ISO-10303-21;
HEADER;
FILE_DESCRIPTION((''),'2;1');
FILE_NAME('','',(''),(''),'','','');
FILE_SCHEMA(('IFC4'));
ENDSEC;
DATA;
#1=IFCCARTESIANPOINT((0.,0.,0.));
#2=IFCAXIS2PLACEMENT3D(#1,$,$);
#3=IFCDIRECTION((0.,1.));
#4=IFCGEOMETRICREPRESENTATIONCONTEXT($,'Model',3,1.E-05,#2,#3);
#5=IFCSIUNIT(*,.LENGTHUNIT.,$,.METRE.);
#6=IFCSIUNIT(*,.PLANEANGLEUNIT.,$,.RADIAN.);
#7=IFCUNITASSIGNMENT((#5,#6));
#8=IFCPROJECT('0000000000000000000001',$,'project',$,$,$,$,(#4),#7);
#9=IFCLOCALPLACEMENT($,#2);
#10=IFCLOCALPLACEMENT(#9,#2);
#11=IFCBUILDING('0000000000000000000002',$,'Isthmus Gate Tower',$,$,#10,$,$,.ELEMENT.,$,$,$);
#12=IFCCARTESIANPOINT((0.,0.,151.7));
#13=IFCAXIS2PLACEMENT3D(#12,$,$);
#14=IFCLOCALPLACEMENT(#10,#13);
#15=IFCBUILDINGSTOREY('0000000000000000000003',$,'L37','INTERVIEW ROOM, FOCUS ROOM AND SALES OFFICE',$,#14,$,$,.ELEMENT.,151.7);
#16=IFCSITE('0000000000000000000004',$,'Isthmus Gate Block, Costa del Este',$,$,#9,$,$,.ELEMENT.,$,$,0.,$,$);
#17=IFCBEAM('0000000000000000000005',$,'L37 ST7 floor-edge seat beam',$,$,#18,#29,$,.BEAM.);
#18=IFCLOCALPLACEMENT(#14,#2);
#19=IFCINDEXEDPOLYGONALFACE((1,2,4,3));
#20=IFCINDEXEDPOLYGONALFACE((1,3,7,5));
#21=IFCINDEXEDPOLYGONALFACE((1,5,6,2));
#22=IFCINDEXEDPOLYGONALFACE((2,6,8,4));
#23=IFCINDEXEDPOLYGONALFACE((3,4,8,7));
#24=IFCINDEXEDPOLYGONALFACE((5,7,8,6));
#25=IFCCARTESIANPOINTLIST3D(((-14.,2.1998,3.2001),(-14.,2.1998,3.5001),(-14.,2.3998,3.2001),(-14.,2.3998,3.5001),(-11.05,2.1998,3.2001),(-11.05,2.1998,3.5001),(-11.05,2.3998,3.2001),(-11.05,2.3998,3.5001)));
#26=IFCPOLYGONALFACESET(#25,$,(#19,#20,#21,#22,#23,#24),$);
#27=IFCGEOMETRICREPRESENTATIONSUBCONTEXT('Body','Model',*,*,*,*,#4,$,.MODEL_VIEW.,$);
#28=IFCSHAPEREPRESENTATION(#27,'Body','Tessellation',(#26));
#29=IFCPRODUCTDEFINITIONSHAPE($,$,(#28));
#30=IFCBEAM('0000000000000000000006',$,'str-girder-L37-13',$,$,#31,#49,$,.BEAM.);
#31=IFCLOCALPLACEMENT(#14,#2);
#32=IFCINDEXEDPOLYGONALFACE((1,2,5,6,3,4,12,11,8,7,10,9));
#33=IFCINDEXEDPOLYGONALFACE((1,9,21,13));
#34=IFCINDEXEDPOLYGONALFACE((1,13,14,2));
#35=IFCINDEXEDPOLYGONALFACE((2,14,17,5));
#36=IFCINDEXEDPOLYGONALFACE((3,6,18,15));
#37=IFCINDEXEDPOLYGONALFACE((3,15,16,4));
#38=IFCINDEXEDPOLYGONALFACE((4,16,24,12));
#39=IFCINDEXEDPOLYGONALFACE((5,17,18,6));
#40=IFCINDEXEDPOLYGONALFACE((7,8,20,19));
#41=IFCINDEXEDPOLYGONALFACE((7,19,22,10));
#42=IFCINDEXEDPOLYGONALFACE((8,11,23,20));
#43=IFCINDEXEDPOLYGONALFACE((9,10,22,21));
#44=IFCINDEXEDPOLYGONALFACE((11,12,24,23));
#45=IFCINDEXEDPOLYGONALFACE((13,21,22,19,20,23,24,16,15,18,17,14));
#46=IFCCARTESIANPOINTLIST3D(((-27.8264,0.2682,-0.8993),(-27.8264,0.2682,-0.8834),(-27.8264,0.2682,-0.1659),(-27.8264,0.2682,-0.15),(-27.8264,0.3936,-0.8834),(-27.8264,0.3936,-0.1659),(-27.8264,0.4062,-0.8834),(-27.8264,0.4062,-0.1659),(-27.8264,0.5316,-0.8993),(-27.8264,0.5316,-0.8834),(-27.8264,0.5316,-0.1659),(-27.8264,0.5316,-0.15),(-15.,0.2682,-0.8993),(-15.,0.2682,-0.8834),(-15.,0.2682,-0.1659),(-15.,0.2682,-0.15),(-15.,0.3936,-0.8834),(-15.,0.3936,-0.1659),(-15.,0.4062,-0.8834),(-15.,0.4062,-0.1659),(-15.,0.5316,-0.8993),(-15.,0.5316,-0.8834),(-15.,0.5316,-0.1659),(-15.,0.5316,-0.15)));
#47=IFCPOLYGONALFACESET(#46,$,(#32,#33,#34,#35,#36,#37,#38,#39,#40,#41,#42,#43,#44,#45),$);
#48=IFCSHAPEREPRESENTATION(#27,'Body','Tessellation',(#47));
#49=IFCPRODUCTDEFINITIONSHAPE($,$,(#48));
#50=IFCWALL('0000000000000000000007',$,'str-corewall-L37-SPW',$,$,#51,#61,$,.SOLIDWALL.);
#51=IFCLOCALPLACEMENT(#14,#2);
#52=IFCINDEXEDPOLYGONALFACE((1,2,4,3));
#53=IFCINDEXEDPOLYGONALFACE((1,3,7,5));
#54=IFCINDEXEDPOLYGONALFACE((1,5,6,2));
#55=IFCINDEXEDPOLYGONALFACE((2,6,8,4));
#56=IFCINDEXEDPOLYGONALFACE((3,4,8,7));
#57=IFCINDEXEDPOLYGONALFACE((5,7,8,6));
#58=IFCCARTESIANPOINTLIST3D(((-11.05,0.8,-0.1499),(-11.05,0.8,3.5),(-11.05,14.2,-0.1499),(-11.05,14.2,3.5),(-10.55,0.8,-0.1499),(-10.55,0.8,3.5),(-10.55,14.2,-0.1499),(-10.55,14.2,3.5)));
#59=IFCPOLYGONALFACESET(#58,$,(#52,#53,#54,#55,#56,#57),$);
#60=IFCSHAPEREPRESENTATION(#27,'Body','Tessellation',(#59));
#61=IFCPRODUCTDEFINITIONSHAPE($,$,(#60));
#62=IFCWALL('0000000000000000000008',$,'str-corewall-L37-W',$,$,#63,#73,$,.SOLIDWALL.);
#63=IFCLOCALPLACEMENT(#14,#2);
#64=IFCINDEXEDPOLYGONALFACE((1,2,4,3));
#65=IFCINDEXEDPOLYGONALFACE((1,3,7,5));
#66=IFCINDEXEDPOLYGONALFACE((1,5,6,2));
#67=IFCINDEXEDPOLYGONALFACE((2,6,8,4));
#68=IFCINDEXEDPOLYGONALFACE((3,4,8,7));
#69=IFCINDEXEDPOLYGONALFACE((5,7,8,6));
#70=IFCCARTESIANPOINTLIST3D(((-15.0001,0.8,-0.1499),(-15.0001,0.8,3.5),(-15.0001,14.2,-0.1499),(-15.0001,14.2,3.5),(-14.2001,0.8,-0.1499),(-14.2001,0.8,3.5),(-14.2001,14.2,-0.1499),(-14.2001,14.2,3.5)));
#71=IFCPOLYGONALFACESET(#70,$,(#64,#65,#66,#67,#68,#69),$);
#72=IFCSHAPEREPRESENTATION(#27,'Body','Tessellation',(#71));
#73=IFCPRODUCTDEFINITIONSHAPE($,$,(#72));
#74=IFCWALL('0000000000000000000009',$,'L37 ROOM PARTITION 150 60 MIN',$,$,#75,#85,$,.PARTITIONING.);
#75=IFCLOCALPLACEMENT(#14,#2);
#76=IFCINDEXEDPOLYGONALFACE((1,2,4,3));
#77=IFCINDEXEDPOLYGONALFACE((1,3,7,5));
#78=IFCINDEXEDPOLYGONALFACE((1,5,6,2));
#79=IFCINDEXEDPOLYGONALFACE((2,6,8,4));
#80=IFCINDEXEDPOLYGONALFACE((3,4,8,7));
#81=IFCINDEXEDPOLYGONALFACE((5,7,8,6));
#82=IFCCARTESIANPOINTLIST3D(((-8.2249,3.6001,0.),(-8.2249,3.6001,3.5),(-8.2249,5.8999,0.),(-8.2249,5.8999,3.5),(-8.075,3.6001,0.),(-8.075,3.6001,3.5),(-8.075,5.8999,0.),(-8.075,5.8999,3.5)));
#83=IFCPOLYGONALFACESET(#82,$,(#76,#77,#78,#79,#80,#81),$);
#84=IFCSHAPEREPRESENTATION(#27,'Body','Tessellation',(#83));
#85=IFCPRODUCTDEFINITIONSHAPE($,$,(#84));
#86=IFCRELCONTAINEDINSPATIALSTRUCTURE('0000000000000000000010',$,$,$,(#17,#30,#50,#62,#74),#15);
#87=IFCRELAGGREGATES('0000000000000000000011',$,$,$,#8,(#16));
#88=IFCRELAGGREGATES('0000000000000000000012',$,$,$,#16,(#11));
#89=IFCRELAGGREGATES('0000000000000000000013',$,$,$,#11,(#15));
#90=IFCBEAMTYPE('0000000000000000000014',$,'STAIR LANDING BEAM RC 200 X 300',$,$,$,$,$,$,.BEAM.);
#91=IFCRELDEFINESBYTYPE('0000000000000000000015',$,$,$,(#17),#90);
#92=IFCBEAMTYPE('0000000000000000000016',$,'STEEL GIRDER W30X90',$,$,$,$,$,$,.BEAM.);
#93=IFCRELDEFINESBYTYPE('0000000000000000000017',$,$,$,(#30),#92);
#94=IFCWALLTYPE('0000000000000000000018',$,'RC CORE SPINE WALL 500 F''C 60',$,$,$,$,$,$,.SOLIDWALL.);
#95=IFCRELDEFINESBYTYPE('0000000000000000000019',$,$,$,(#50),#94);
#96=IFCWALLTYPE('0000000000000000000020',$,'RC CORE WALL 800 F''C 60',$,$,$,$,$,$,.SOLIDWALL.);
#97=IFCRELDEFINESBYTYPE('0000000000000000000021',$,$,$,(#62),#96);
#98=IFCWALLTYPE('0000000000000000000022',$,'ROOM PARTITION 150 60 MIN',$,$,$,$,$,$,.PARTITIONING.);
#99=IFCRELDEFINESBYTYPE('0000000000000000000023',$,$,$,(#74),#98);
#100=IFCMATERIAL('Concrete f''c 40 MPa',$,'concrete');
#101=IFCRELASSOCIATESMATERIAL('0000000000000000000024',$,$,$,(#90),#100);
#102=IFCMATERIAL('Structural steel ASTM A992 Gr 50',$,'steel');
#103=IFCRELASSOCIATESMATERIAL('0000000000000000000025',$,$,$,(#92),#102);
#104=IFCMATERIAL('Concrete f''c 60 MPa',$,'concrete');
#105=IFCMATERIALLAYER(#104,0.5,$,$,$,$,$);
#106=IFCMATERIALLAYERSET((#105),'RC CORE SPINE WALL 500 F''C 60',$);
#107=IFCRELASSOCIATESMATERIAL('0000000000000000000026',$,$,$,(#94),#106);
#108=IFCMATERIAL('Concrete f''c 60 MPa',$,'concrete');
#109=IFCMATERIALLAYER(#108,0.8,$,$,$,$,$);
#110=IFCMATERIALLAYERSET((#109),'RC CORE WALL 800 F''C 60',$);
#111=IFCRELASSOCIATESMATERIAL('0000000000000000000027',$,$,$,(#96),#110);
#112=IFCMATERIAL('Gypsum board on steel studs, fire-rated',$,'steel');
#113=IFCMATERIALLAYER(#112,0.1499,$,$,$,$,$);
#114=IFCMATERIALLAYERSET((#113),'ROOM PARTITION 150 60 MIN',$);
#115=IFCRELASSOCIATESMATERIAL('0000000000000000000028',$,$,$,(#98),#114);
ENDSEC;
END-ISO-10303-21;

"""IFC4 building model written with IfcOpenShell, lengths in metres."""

from ifc_helpers import new_model, si_unit, direction, frame, frame_2d, origin, origin_2d, place, context, subcontext, project, spatial, rectangle, i_section, extrude, material, layer, layer_set, material_profile, profile_set, type_object, element, save


model = new_model("IFC4")

# Units and contexts
model_context = context("Model", 3, precision=1e-05, world=origin(), true_north=direction((0.0, 1.0)))
body_context = subcontext(model_context, "Body", "Model", "MODEL_VIEW")
ifc_project = project(units=[si_unit("LENGTHUNIT", "METRE"), si_unit("PLANEANGLEUNIT", "RADIAN")], contexts=[model_context])

# Site, building, storey
site_placement = place(None, origin())
site = spatial("IfcSite", under=ifc_project, at=site_placement, Name="Isthmus Gate Block, Costa del Este", CompositionType="ELEMENT", RefElevation=0.0)
building_placement = place(site_placement, origin())
building = spatial("IfcBuilding", under=site, at=building_placement, Name="Isthmus Gate Tower", CompositionType="ELEMENT")
storey_placement = place(building_placement, frame((0.0, 0.0, 151.7)))
storey = spatial("IfcBuildingStorey", under=building, at=storey_placement, Name="L37", Description="INTERVIEW ROOM, FOCUS ROOM AND SALES OFFICE", CompositionType="ELEMENT", Elevation=151.7)

# Beams
ifc_material_1 = material(Name="Concrete f'c 40 MPa", Category="concrete")
ifc_material_profile_1 = material_profile(ifc_material_1, rectangle(XDim=0.2, YDim=0.3, at=origin_2d()), Name="STAIR LANDING BEAM RC 200 X 300")
ifc_profile_set_1 = profile_set([ifc_material_profile_1], Name="Concrete f'c 40 MPa")
beam_type_1 = type_object("IfcBeamType", Name="STAIR LANDING BEAM RC 200 X 300", PredefinedType="BEAM", material=ifc_profile_set_1)
beam_1_placement = place(storey_placement, frame((-14.0, 2.2998, 3.3501), z_axis=(1.0, 0.0, 0.0), x_axis=(0.0, 1.0, 0.0)))
element("IfcBeam", 1, at=beam_1_placement, inside=storey, type_object=beam_type_1, Name="L37 ST7 floor-edge seat beam", PredefinedType="BEAM", context=body_context, shape_type="SweptSolid", body=[
    extrude(rectangle(XDim=0.2, YDim=0.3, at=origin_2d()), origin(), (0.0, 0.0, 1.0), 2.95),
])
ifc_material_2 = material(Name="Structural steel ASTM A992 Gr 50", Category="steel")
ifc_material_profile_2 = material_profile(ifc_material_2, i_section(OverallWidth=0.2634, OverallDepth=0.7493, WebThickness=0.0127, FlangeThickness=0.0159, at=origin_2d()), Name="W30X90")
ifc_profile_set_2 = profile_set([ifc_material_profile_2], Name="Structural steel ASTM A992 Gr 50")
beam_type_2 = type_object("IfcBeamType", Name="STEEL GIRDER W30X90", PredefinedType="BEAM", material=ifc_profile_set_2)
beam_2_placement = place(storey_placement, frame((-15.0, 0.3999, -0.5247), z_axis=(-1.0, 0.0, 0.0), x_axis=(0.0, -1.0, 0.0)))
element("IfcBeam", 2, at=beam_2_placement, inside=storey, type_object=beam_type_2, Name="str-girder-L37-13", PredefinedType="BEAM", context=body_context, shape_type="SweptSolid", body=[
    extrude(i_section(OverallWidth=0.2634, OverallDepth=0.7493, WebThickness=0.0127, FlangeThickness=0.0159, at=origin_2d()), origin(), (0.0, 0.0, 1.0), 12.8264),
])

# Walls
ifc_material_3 = material(Name="Concrete f'c 60 MPa", Category="concrete")
ifc_layer_1 = layer(ifc_material_3, 0.5)
ifc_layer_set_1 = layer_set([ifc_layer_1], Name="RC CORE SPINE WALL 500 F'C 60")
wall_type_1 = type_object("IfcWallType", Name="RC CORE SPINE WALL 500 F'C 60", PredefinedType="SOLIDWALL", material=ifc_layer_set_1)
wall_1_placement = place(storey_placement, frame((-10.8, 0.8, -0.1499), z_axis=(0.0, 0.0, 1.0), x_axis=(0.0, 1.0, 0.0)))
element("IfcWall", 3, at=wall_1_placement, inside=storey, type_object=wall_type_1, Name="str-corewall-L37-SPW", PredefinedType="SOLIDWALL", context=body_context, shape_type="SweptSolid", body=[
    extrude(rectangle(XDim=13.3999, YDim=0.5, at=frame_2d((6.7, 0.0))), origin(), (0.0, 0.0, 1.0), 3.6499),
])
ifc_material_4 = material(Name="Concrete f'c 60 MPa", Category="concrete")
ifc_layer_2 = layer(ifc_material_4, 0.8)
ifc_layer_set_2 = layer_set([ifc_layer_2], Name="RC CORE WALL 800 F'C 60")
wall_type_2 = type_object("IfcWallType", Name="RC CORE WALL 800 F'C 60", PredefinedType="SOLIDWALL", material=ifc_layer_set_2)
wall_2_placement = place(storey_placement, frame((-14.6001, 0.8, -0.1499), z_axis=(0.0, 0.0, 1.0), x_axis=(0.0, 1.0, 0.0)))
element("IfcWall", 4, at=wall_2_placement, inside=storey, type_object=wall_type_2, Name="str-corewall-L37-W", PredefinedType="SOLIDWALL", context=body_context, shape_type="SweptSolid", body=[
    extrude(rectangle(XDim=13.3999, YDim=0.8, at=frame_2d((6.7, 0.0))), origin(), (0.0, 0.0, 1.0), 3.6499),
])
ifc_material_5 = material(Name="Gypsum board on steel studs, fire-rated", Category="steel")
ifc_layer_3 = layer(ifc_material_5, 0.1499)
ifc_layer_set_3 = layer_set([ifc_layer_3], Name="ROOM PARTITION 150 60 MIN")
wall_type_3 = type_object("IfcWallType", Name="ROOM PARTITION 150 60 MIN", PredefinedType="PARTITIONING", material=ifc_layer_set_3)
wall_3_placement = place(storey_placement, frame((-8.1499, 3.6001, 0.0), z_axis=(0.0, 0.0, 1.0), x_axis=(0.0, 1.0, 0.0)))
element("IfcWall", 5, at=wall_3_placement, inside=storey, type_object=wall_type_3, Name="L37 ROOM PARTITION 150 60 MIN", PredefinedType="PARTITIONING", context=body_context, shape_type="SweptSolid", body=[
    extrude(rectangle(XDim=2.2998, YDim=0.1499, at=frame_2d((1.1499, 0.0))), origin(), (0.0, 0.0, 1.0), 3.5),
])

save(model, "model.ifc")
